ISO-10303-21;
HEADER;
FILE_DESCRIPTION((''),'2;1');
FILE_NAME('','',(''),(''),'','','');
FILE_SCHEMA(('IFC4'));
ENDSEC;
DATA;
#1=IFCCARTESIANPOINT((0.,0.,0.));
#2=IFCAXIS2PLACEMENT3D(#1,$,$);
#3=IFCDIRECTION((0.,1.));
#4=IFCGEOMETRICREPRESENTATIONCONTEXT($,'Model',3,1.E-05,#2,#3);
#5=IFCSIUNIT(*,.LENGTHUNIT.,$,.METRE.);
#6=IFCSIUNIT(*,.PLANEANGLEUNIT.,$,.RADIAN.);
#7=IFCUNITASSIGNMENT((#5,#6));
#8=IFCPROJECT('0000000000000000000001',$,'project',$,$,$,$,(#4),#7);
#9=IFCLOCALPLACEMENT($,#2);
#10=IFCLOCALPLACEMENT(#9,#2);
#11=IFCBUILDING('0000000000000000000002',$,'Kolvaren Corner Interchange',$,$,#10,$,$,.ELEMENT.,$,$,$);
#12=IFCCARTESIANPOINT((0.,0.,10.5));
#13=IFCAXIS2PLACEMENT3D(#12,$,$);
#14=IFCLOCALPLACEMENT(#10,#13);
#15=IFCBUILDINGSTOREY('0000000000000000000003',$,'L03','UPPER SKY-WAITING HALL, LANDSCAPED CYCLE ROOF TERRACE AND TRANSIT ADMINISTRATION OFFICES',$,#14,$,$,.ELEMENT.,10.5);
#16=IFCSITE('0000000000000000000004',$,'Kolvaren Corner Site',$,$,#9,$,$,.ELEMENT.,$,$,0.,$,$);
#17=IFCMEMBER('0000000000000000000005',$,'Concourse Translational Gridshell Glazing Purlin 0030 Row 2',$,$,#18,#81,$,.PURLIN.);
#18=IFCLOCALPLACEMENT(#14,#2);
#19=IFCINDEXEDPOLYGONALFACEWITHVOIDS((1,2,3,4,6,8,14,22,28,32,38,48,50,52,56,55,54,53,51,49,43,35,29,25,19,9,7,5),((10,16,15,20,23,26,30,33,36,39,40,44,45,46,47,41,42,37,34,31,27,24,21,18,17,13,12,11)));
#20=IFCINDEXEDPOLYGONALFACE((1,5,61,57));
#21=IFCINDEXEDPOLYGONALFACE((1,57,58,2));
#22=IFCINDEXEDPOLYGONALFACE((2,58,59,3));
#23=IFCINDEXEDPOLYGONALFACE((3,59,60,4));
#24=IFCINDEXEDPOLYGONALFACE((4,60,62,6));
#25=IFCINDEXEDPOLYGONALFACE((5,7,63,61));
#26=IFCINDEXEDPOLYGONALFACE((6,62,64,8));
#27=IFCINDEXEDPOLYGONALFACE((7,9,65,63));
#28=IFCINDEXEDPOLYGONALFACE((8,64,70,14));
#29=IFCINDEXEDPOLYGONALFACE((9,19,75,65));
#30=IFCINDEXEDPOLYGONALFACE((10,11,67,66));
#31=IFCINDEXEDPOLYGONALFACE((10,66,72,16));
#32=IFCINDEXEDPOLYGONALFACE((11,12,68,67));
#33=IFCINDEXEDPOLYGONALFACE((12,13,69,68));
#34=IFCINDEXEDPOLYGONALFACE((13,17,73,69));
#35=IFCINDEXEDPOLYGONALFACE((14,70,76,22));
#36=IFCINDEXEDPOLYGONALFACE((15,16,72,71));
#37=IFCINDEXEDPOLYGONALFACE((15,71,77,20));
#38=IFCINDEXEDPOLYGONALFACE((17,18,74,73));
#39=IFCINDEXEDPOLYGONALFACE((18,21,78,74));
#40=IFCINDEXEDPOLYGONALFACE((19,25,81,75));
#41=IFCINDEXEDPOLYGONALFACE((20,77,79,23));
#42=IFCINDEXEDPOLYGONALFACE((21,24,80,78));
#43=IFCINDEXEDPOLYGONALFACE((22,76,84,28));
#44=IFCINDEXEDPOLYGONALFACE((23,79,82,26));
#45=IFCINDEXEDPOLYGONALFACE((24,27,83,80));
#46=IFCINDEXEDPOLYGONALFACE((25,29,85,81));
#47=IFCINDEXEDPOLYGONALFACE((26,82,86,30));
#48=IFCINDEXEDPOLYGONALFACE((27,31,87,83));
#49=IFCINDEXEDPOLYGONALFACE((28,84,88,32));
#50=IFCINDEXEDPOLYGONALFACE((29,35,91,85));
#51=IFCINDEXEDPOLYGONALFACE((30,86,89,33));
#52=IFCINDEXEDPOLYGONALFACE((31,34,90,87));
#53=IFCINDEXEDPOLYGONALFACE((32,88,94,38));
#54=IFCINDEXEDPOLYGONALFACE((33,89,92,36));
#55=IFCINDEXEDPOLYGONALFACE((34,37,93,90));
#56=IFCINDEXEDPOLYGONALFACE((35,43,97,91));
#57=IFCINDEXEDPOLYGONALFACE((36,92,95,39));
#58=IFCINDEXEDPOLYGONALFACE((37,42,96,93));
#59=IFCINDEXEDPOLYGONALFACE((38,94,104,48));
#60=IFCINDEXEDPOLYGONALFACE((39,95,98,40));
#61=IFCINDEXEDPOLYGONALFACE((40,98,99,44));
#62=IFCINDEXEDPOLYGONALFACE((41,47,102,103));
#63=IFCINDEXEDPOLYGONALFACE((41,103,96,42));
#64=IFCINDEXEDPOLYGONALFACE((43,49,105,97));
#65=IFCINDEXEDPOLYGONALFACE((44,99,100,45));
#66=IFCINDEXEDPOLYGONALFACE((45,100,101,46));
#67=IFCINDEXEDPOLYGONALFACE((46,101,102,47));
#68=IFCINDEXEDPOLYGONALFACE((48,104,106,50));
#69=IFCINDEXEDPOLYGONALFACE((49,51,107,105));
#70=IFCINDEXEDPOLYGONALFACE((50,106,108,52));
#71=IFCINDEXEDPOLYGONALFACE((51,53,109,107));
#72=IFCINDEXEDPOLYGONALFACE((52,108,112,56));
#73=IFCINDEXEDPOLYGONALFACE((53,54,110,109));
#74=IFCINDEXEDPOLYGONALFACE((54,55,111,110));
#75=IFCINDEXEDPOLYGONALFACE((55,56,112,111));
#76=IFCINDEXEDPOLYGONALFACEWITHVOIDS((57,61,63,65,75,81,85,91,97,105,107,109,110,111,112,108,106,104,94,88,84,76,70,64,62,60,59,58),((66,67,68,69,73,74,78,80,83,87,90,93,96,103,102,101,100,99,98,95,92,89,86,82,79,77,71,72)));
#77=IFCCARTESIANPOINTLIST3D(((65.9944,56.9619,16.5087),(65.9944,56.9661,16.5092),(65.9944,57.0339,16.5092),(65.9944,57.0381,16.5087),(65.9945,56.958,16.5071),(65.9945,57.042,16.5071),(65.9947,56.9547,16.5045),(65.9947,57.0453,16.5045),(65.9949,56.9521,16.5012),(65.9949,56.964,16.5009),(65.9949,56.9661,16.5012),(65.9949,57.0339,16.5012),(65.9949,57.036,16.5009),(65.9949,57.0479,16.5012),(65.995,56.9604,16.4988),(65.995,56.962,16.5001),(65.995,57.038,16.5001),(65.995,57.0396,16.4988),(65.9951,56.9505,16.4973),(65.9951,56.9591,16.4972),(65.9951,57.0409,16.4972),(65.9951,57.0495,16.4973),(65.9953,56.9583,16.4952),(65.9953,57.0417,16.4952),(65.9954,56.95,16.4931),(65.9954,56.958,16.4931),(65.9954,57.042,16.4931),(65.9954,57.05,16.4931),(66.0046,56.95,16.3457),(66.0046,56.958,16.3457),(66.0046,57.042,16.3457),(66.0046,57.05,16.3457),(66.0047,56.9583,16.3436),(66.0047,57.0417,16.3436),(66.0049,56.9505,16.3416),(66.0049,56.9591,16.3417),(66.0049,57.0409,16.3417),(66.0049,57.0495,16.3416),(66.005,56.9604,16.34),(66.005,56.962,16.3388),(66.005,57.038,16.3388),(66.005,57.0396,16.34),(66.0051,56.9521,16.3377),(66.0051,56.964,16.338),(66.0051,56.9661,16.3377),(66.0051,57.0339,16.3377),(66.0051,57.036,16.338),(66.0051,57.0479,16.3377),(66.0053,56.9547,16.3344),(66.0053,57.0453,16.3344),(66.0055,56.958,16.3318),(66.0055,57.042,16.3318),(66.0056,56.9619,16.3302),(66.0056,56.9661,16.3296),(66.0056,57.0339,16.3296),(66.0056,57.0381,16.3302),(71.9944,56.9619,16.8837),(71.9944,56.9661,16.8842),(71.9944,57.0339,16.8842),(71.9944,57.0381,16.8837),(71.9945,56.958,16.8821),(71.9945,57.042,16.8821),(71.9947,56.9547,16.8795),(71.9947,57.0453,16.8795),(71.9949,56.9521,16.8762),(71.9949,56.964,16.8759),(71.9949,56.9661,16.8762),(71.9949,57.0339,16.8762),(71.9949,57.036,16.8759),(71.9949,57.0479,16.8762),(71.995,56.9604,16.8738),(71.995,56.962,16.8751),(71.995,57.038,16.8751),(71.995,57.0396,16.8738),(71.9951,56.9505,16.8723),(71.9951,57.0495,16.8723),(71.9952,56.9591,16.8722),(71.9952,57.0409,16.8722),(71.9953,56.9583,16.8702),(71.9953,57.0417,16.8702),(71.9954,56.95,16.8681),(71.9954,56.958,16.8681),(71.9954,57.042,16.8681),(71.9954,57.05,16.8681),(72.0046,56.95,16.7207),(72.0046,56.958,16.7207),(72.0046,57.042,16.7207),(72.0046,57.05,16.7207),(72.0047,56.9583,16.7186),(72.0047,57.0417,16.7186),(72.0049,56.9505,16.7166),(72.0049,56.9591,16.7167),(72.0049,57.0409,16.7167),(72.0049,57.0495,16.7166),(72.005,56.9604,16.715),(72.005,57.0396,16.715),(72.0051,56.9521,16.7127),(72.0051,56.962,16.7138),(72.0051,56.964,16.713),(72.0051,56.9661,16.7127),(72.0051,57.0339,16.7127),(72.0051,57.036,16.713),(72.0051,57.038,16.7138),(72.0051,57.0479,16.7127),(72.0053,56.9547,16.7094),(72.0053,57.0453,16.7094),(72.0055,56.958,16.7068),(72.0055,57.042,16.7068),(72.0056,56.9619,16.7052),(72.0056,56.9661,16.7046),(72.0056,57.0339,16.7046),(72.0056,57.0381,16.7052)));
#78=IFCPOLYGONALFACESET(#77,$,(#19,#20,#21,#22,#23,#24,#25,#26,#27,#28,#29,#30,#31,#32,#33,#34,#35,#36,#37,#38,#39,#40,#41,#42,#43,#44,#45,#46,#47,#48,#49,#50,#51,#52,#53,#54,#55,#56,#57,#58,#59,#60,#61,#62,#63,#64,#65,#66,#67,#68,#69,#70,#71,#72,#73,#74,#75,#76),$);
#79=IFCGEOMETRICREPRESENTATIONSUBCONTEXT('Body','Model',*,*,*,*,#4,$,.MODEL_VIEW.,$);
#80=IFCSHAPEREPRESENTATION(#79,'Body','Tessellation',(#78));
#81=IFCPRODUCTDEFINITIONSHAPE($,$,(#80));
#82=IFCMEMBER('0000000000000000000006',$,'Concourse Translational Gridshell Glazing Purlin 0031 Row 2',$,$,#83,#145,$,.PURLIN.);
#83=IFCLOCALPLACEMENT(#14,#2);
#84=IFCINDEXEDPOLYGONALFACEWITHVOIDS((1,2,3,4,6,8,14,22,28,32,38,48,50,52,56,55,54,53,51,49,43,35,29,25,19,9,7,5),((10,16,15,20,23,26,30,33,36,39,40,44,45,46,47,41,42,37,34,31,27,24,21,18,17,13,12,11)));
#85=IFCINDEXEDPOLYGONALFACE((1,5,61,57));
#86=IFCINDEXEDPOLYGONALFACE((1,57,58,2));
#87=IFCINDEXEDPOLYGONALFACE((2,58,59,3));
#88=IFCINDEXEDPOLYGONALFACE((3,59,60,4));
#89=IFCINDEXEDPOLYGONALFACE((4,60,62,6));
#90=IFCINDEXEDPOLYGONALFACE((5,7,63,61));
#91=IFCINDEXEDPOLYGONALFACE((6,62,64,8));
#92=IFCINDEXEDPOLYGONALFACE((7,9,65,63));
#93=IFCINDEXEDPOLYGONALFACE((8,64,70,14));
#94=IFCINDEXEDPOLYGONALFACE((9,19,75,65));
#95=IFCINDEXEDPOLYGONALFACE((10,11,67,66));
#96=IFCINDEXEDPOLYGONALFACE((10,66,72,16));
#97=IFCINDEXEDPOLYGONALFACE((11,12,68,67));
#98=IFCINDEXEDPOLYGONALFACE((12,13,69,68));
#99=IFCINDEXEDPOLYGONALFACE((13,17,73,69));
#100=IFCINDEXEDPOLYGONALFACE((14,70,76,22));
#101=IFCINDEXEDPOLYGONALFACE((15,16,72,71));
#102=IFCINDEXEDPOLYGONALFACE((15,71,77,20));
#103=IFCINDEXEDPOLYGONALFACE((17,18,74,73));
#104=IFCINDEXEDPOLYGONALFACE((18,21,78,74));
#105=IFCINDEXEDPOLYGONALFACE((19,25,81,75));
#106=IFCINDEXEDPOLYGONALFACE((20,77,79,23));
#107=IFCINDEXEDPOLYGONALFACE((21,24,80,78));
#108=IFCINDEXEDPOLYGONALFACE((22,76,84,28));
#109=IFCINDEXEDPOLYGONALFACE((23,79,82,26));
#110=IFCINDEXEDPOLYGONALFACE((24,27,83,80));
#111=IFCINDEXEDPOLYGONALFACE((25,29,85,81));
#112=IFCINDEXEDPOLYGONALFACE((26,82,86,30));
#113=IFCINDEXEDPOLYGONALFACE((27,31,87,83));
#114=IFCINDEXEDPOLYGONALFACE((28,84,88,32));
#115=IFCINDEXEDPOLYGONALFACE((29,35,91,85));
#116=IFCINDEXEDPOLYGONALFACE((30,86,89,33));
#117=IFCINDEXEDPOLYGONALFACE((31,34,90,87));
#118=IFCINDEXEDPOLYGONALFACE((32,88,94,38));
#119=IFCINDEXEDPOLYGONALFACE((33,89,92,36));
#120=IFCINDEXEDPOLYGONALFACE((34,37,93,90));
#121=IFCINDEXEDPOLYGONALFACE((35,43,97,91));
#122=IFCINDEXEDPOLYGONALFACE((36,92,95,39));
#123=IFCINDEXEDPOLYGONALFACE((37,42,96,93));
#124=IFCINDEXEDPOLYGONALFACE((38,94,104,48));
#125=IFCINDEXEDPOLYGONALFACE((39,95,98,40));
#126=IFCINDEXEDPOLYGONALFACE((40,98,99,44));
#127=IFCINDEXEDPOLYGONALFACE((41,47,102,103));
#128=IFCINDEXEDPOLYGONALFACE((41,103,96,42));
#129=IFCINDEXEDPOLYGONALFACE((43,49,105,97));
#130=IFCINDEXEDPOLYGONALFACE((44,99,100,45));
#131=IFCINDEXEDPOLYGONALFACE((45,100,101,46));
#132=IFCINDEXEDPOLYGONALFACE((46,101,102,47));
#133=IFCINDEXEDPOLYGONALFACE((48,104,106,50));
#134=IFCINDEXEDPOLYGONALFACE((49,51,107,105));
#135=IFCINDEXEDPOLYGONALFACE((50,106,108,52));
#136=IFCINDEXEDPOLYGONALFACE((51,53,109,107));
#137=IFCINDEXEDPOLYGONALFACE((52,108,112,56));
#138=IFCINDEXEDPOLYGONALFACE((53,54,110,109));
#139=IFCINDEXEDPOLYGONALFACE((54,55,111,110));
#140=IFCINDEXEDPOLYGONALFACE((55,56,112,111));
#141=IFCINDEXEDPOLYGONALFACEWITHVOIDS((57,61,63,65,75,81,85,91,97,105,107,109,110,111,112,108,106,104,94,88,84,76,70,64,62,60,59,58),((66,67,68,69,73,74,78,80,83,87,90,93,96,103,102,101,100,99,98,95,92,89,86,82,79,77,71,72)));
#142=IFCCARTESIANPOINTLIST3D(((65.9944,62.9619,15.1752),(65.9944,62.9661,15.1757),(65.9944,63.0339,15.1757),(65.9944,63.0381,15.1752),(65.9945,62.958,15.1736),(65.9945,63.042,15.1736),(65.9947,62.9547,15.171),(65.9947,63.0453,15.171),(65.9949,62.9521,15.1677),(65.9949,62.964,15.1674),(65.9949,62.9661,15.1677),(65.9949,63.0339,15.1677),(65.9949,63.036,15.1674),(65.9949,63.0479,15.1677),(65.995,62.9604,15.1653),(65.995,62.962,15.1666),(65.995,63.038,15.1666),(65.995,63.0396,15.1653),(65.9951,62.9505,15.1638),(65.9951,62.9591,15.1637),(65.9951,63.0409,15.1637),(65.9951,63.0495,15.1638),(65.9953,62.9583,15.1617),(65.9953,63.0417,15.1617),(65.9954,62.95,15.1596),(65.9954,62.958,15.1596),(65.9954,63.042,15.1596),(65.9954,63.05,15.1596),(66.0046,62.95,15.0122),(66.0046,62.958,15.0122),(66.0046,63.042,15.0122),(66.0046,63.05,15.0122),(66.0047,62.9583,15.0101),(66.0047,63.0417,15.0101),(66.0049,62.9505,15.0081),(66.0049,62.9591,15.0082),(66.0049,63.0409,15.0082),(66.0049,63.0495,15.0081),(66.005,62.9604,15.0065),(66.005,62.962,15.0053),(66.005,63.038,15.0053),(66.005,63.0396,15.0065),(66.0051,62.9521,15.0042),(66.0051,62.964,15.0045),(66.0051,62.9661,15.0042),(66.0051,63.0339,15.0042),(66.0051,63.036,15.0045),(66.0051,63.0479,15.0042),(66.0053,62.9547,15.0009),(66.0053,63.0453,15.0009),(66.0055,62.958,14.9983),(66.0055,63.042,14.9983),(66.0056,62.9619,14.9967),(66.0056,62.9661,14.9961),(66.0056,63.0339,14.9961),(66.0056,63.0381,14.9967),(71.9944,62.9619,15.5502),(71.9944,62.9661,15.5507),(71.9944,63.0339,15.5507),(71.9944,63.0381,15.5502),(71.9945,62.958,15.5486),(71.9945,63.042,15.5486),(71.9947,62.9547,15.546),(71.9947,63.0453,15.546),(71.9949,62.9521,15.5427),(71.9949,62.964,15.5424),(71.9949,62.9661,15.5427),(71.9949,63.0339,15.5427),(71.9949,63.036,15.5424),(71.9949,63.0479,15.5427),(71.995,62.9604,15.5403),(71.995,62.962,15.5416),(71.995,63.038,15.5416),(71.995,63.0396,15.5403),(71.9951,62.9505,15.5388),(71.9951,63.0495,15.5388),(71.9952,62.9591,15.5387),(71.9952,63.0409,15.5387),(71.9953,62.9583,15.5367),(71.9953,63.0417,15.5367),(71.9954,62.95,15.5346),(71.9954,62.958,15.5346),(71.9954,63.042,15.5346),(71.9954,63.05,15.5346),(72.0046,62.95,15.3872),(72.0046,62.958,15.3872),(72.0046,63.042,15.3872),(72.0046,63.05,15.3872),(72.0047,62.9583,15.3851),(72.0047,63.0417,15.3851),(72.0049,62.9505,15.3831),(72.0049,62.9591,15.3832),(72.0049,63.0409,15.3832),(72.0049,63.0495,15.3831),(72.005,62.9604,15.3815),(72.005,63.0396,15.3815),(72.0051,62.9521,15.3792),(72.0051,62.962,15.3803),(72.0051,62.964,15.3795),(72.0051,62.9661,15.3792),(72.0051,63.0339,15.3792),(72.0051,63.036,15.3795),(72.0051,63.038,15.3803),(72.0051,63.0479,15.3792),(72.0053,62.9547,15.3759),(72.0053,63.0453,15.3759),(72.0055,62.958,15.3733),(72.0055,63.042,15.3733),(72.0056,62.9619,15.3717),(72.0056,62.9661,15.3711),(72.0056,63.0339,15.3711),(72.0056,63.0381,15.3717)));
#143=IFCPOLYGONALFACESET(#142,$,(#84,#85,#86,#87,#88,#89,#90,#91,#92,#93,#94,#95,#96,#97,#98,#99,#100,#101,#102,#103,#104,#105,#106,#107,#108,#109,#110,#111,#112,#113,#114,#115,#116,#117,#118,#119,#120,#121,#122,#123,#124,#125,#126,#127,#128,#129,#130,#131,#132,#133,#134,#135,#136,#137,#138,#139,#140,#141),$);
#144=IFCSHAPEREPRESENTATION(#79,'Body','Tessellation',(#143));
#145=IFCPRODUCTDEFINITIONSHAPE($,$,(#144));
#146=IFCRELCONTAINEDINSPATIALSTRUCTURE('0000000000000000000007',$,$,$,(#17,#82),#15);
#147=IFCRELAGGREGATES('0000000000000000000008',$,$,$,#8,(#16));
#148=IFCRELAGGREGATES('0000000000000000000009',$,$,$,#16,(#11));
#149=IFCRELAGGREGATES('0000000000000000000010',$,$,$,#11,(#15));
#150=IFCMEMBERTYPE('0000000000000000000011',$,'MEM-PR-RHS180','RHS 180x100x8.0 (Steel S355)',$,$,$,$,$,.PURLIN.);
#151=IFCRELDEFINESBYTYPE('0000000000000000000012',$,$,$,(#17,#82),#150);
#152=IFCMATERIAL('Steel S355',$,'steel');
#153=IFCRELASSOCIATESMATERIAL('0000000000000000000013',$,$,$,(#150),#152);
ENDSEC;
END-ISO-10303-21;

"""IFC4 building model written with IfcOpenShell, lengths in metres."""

from ifc_helpers import new_model, si_unit, direction, frame, origin, origin_2d, place, context, subcontext, project, spatial, hollow_rectangle, extrude, material, material_profile, profile_set, type_object, element, save


model = new_model("IFC4")

# Units and contexts
model_context = context("Model", 3, precision=1e-05, world=origin(), true_north=direction((0.0, 1.0)))
body_context = subcontext(model_context, "Body", "Model", "MODEL_VIEW")
ifc_project = project(units=[si_unit("LENGTHUNIT", "METRE"), si_unit("PLANEANGLEUNIT", "RADIAN")], contexts=[model_context])

# Site, building, storey
site_placement = place(None, origin())
site = spatial("IfcSite", under=ifc_project, at=site_placement, Name="Kolvaren Corner Site", CompositionType="ELEMENT", RefElevation=0.0)
building_placement = place(site_placement, origin())
building = spatial("IfcBuilding", under=site, at=building_placement, Name="Kolvaren Corner Interchange", CompositionType="ELEMENT")
storey_placement = place(building_placement, frame((0.0, 0.0, 10.5)))
storey = spatial("IfcBuildingStorey", under=building, at=storey_placement, Name="L03", Description="UPPER SKY-WAITING HALL, LANDSCAPED CYCLE ROOF TERRACE AND TRANSIT ADMINISTRATION OFFICES", CompositionType="ELEMENT", Elevation=10.5)

# Members
ifc_material_1 = material(Name="Steel S355", Category="steel")
ifc_material_profile_1 = material_profile(ifc_material_1, hollow_rectangle(XDim=0.1001, YDim=0.1799, WallThickness=0.0081, InnerFilletRadius=0.0081, OuterFilletRadius=0.0161, at=origin_2d()), Name="RHS 180x100x8.0")
ifc_profile_set_1 = profile_set([ifc_material_profile_1], Name="Steel S355")
member_type_1 = type_object("IfcMemberType", Name="MEM-PR-RHS180", Description="RHS 180x100x8.0 (Steel S355)", PredefinedType="PURLIN", material=ifc_profile_set_1)
for number, where, z_axis, x_axis, name in (
    (1, (66.0, 57.0, 16.4194), (0.998053, 0.0, 0.062378), (0.0, 1.0, 0.0), "Concourse Translational Gridshell Glazing Purlin 0030 Row 2"),
    (2, (66.0, 63.0, 15.0859), (0.998053, 0.0, 0.062378), (0.0, 1.0, 0.0), "Concourse Translational Gridshell Glazing Purlin 0031 Row 2"),
):
    element("IfcMember", number, at=place(storey_placement, frame(where, z_axis=z_axis, x_axis=x_axis)), inside=storey, type_object=member_type_1, Name=name, PredefinedType="PURLIN", context=body_context, shape_type="SweptSolid", body=[
        extrude(hollow_rectangle(XDim=0.1001, YDim=0.1799, WallThickness=0.0081, InnerFilletRadius=0.0081, OuterFilletRadius=0.0161, at=origin_2d()), origin(), (0.0, 0.0, 1.0), 6.0117),
    ])

save(model, "model.ifc")
